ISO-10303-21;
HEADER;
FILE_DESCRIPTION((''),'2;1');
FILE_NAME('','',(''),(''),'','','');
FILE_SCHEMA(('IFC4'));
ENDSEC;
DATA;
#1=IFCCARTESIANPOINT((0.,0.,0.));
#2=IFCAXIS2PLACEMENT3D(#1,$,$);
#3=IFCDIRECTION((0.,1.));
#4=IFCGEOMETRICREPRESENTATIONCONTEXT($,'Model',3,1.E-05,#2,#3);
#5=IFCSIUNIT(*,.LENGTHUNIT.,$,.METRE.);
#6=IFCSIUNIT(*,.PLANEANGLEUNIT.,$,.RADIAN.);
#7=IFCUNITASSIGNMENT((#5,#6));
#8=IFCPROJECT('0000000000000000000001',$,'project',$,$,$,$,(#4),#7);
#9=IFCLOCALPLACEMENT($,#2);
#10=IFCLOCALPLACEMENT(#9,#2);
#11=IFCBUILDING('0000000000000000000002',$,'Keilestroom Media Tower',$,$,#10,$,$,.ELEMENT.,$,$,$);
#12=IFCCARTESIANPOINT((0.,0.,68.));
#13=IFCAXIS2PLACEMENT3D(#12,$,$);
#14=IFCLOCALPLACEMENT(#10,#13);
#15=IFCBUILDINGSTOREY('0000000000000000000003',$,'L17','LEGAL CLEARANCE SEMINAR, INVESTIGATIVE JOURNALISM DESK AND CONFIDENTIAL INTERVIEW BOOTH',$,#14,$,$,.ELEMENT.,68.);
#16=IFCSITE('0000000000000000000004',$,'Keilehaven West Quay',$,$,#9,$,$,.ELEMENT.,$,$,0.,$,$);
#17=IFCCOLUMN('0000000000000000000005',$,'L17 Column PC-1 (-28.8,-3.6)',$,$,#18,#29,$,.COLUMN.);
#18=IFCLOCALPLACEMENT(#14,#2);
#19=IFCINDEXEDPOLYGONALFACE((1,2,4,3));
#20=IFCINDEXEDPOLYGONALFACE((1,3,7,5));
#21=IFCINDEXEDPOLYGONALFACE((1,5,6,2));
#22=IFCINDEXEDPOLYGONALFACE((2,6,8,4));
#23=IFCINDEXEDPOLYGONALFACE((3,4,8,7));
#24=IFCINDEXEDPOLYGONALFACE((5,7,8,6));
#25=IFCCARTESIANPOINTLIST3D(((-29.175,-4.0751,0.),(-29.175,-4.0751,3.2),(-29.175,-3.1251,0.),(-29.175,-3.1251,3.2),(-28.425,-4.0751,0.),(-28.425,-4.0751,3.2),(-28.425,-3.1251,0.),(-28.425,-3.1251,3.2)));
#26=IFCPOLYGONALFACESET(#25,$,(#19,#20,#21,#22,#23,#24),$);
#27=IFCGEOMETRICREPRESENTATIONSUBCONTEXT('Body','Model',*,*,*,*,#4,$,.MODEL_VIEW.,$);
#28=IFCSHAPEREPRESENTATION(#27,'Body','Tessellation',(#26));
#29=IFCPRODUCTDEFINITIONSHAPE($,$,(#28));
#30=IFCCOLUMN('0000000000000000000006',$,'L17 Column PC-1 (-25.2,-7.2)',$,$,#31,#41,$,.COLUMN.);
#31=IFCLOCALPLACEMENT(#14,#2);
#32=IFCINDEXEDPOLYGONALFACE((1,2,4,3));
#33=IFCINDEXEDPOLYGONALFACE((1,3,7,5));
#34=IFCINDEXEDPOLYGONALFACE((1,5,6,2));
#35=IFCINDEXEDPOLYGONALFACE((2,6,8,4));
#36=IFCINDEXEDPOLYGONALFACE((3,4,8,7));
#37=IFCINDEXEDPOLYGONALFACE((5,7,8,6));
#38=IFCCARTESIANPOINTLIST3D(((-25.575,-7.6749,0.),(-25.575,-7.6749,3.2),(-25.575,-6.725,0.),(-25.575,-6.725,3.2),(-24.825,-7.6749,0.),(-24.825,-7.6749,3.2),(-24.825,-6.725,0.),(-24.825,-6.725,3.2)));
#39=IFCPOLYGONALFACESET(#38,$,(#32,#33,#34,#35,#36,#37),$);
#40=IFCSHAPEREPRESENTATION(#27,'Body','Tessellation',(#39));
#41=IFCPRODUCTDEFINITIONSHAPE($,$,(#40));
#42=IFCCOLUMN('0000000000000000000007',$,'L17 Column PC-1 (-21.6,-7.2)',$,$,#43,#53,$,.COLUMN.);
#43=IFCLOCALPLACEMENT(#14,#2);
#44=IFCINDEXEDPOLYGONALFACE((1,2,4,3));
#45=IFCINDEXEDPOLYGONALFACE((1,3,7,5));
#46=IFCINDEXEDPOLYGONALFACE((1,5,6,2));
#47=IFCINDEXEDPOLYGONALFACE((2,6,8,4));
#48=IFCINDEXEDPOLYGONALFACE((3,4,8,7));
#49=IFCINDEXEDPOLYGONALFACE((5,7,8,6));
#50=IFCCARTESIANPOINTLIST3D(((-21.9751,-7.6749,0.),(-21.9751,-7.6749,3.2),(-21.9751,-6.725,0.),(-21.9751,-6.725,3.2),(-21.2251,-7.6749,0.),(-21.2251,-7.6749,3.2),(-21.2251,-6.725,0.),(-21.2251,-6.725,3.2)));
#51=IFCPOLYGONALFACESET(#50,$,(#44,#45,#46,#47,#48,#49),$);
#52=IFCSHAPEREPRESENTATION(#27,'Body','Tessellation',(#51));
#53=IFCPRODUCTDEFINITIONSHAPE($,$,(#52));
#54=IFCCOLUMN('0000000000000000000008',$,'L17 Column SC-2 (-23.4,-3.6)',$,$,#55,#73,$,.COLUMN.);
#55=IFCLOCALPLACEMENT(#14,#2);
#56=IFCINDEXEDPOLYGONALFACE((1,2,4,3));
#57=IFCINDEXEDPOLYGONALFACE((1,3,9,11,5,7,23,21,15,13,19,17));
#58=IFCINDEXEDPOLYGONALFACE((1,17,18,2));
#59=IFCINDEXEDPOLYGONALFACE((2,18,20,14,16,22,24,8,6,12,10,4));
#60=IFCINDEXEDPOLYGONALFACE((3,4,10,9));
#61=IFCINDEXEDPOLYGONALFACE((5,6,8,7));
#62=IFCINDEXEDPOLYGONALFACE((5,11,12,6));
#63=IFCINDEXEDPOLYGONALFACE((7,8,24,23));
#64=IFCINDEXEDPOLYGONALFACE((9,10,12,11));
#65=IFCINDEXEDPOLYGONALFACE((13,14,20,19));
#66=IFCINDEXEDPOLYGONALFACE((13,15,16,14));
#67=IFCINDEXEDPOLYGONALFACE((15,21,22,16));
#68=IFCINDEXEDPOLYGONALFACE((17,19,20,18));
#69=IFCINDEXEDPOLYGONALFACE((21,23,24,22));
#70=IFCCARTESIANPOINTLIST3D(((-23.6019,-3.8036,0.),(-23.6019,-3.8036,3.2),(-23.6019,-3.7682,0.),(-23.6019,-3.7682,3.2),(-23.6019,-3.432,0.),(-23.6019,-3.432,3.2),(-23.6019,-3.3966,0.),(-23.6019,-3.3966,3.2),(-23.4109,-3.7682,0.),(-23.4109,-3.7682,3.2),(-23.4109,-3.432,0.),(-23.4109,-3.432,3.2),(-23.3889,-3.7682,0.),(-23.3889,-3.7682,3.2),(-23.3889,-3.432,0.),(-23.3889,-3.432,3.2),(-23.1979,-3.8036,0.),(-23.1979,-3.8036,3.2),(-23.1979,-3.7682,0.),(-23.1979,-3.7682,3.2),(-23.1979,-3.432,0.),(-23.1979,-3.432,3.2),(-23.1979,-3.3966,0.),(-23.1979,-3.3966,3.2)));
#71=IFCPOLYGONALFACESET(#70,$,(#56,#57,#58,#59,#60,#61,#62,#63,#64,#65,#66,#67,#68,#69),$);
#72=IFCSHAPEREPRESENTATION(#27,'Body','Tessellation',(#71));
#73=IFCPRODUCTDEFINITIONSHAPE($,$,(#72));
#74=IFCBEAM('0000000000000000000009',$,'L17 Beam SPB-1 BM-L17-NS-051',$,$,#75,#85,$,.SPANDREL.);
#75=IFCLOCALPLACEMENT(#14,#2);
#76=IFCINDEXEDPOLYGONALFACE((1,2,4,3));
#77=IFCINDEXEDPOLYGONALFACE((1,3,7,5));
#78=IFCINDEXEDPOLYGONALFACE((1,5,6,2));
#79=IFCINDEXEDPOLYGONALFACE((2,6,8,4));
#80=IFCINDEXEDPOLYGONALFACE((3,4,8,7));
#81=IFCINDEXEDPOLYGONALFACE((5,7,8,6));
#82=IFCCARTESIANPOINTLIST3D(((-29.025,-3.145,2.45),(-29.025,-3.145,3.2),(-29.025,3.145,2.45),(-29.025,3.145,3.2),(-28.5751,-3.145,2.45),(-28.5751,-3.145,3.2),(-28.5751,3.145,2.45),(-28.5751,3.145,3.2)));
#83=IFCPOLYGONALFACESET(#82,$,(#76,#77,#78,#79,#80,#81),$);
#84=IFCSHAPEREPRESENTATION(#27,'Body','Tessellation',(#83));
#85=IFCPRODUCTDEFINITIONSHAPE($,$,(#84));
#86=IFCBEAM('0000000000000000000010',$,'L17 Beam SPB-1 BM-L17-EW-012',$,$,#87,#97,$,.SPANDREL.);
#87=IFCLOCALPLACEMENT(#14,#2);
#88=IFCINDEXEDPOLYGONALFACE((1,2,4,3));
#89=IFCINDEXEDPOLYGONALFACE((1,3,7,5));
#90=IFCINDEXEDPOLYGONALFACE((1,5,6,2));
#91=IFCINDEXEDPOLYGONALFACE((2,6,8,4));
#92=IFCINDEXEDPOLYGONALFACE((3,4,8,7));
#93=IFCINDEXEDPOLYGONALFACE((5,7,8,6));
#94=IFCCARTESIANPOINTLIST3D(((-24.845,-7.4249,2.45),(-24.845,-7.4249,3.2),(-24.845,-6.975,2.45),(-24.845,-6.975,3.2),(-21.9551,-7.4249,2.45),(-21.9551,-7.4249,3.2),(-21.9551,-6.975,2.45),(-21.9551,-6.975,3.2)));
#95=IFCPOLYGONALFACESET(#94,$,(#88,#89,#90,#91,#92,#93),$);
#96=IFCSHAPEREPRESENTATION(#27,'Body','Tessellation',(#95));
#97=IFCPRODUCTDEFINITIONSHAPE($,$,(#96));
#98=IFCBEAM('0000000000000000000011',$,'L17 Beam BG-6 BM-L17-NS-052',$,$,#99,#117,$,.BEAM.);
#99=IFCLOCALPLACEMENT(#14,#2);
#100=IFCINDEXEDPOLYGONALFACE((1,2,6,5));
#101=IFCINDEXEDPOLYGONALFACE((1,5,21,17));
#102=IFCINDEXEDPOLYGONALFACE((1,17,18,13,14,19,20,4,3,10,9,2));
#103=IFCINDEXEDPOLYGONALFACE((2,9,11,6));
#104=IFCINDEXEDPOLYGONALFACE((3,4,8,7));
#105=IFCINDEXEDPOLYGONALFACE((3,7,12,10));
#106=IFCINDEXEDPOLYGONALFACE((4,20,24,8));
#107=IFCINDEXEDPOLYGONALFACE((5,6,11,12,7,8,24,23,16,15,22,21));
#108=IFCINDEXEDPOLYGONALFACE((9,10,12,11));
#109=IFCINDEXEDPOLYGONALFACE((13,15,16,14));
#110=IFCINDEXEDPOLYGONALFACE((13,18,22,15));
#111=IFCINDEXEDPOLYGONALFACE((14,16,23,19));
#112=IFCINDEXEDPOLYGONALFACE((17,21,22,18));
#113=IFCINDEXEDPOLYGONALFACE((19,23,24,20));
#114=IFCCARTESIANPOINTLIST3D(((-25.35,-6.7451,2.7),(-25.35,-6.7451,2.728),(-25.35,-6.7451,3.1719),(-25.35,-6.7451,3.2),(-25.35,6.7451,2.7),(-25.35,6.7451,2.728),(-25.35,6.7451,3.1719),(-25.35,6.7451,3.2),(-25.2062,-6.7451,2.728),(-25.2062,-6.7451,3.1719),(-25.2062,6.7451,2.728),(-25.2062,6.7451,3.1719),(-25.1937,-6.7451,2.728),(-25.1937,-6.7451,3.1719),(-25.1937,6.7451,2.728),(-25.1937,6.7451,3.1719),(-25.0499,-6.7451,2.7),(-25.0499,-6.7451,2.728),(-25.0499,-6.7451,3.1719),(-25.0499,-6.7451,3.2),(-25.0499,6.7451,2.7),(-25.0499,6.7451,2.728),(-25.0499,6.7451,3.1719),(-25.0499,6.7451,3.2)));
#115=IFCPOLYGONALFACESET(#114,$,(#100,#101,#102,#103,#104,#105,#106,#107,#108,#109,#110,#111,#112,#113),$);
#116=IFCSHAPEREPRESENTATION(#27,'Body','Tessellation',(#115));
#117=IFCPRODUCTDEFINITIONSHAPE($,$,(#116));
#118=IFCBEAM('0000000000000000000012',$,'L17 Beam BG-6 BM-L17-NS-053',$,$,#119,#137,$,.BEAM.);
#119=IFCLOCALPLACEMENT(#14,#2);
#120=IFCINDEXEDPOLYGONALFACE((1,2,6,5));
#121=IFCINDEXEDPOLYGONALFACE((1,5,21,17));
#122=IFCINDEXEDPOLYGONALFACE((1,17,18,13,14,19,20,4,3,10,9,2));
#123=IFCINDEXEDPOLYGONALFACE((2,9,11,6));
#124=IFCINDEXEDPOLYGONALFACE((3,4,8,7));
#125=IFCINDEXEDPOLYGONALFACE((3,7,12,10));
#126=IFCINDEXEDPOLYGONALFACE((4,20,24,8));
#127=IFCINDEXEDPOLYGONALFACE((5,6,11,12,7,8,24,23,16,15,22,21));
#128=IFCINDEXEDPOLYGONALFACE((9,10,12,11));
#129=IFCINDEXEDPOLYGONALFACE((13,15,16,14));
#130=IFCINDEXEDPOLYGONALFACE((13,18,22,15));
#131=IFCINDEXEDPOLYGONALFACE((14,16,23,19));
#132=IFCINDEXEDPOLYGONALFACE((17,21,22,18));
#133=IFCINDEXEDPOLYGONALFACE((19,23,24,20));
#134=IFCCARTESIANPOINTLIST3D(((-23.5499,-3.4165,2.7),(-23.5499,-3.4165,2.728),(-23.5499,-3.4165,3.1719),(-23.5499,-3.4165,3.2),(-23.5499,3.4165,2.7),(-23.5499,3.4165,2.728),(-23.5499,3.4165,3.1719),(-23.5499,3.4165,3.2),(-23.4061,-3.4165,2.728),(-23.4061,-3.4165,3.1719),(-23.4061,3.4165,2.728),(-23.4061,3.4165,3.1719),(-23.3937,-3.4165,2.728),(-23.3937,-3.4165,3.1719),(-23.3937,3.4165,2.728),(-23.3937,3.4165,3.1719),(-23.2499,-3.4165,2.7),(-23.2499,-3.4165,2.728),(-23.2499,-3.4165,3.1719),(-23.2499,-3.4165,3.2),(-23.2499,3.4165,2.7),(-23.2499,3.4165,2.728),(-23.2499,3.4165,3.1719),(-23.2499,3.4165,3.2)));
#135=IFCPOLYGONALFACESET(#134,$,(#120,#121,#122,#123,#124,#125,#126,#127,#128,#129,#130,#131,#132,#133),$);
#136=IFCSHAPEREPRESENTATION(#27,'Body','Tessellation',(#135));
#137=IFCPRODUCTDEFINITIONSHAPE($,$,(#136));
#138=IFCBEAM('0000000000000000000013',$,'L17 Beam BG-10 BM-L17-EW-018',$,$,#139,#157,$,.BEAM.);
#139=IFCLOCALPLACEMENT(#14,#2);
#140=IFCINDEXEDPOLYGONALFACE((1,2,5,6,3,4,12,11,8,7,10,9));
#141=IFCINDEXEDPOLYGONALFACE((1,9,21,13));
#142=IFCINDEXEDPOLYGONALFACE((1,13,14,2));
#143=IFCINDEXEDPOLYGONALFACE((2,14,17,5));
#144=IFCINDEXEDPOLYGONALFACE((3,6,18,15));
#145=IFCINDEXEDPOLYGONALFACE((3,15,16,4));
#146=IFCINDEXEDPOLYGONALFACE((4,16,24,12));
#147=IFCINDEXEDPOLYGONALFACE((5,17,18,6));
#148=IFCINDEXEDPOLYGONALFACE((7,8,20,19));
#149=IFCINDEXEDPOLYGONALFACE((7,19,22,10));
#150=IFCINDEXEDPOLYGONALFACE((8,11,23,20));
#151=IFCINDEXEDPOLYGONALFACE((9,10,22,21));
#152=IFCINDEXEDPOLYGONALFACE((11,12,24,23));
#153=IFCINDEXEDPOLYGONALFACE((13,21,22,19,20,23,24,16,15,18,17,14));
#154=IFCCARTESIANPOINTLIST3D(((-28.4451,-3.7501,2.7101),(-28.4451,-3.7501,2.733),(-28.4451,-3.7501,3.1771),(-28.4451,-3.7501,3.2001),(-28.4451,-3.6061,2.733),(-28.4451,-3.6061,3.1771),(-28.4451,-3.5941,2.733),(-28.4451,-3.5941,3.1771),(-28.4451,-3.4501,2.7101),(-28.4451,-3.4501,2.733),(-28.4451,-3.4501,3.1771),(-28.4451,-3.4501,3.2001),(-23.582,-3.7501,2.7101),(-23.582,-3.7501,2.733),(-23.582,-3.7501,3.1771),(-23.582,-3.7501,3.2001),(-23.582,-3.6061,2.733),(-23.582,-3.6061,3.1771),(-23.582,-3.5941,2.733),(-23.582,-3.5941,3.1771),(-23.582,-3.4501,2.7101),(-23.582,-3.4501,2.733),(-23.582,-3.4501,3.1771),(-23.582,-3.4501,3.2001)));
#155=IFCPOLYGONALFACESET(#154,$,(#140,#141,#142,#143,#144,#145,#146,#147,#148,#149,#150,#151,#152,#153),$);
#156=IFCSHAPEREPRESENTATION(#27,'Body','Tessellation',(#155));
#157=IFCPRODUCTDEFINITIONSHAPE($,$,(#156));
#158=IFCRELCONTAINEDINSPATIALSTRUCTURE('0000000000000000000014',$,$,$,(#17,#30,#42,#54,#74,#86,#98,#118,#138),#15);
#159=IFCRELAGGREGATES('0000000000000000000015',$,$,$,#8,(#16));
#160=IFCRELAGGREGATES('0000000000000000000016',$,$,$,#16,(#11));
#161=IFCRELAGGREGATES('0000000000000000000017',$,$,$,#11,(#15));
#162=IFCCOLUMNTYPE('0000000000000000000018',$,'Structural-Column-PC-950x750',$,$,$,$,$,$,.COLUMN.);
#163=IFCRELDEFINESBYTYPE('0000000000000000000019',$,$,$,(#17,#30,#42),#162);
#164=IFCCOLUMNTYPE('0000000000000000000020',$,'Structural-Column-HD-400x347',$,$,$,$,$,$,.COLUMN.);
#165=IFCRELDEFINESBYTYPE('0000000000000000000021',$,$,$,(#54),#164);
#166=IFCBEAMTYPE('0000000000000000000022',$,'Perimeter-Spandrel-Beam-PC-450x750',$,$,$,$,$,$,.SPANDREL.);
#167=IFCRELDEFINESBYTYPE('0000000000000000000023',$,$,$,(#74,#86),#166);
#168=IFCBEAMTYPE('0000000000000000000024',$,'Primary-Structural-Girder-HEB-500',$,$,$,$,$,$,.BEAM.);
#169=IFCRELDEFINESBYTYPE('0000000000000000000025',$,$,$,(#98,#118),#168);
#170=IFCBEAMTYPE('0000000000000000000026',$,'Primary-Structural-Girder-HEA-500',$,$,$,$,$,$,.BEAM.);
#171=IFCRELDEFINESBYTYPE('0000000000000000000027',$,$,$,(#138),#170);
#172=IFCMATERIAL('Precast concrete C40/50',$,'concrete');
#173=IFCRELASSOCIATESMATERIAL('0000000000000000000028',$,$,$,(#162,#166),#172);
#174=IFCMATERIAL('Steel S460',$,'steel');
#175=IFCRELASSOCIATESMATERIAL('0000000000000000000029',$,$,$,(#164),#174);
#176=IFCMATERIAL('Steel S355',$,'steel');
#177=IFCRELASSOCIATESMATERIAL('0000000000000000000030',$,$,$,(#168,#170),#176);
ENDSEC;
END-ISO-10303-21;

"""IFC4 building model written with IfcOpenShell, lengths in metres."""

from ifc_helpers import new_model, si_unit, direction, frame, origin, origin_2d, place, context, subcontext, project, spatial, rectangle, i_section, extrude, source, transform, mapped, material, material_profile, profile_set, type_object, element, save


model = new_model("IFC4")

# Units and contexts
model_context = context("Model", 3, precision=1e-05, world=origin(), true_north=direction((0.0, 1.0)))
body_context = subcontext(model_context, "Body", "Model", "MODEL_VIEW")
ifc_project = project(units=[si_unit("LENGTHUNIT", "METRE"), si_unit("PLANEANGLEUNIT", "RADIAN")], contexts=[model_context])

# Site, building, storey
site_placement = place(None, origin())
site = spatial("IfcSite", under=ifc_project, at=site_placement, Name="Keilehaven West Quay", CompositionType="ELEMENT", RefElevation=0.0)
building_placement = place(site_placement, origin())
building = spatial("IfcBuilding", under=site, at=building_placement, Name="Keilestroom Media Tower", CompositionType="ELEMENT")
storey_placement = place(building_placement, frame((0.0, 0.0, 68.0)))
storey = spatial("IfcBuildingStorey", under=building, at=storey_placement, Name="L17", Description="LEGAL CLEARANCE SEMINAR, INVESTIGATIVE JOURNALISM DESK AND CONFIDENTIAL INTERVIEW BOOTH", CompositionType="ELEMENT", Elevation=68.0)

# Columns
ifc_material_1 = material(Name="Precast concrete C40/50", Category="concrete")
ifc_material_profile_1 = material_profile(ifc_material_1, rectangle(XDim=0.75, YDim=0.95, at=origin_2d()), Name="PC 950x750")
ifc_profile_set_1 = profile_set([ifc_material_profile_1], Name="Precast concrete C40/50")
column_type_1 = type_object("IfcColumnType", Name="Structural-Column-PC-950x750", PredefinedType="COLUMN", material=ifc_profile_set_1)
shared_shape_1 = source(origin(), body_context, "Body", "SweptSolid", [
    extrude(rectangle(XDim=0.75, YDim=0.95, at=origin_2d()), origin(), (0.0, 0.0, 1.0), 3.2),
])
for number, where, z_axis, x_axis, name in (
    (1, (-28.8, -3.6001, 0.0), (0.0, 0.0, 1.0), (1.0, 0.0, 0.0), "L17 Column PC-1 (-28.8,-3.6)"),
    (2, (-25.2, -7.2, 0.0), (0.0, 0.0, 1.0), (1.0, 0.0, 0.0), "L17 Column PC-1 (-25.2,-7.2)"),
    (3, (-21.6001, -7.2, 0.0), (0.0, 0.0, 1.0), (1.0, 0.0, 0.0), "L17 Column PC-1 (-21.6,-7.2)"),
):
    element("IfcColumn", number, at=place(storey_placement, frame(where, z_axis=z_axis, x_axis=x_axis)), inside=storey, type_object=column_type_1, Name=name, PredefinedType="COLUMN", context=body_context, shape_type="MappedRepresentation", body=[
        mapped(shared_shape_1, transform((0.0, 0.0, 0.0), x_axis=(1.0, 0.0, 0.0), y_axis=(0.0, 1.0, 0.0), z_axis=(0.0, 0.0, 1.0), scale=1.0)),
    ])
ifc_material_2 = material(Name="Steel S460", Category="steel")
ifc_material_profile_2 = material_profile(ifc_material_2, i_section(OverallWidth=0.4041, OverallDepth=0.407, WebThickness=0.022, FlangeThickness=0.0354, at=origin_2d()), Name="HD 400x347")
ifc_profile_set_2 = profile_set([ifc_material_profile_2], Name="Steel S460")
column_type_2 = type_object("IfcColumnType", Name="Structural-Column-HD-400x347", PredefinedType="COLUMN", material=ifc_profile_set_2)
shared_shape_2 = source(origin(), body_context, "Body", "SweptSolid", [
    extrude(i_section(OverallWidth=0.4041, OverallDepth=0.407, WebThickness=0.022, FlangeThickness=0.0354, at=origin_2d()), origin(), (0.0, 0.0, 1.0), 3.2),
])
column_placement = place(storey_placement, frame((-23.3999, -3.6001, 0.0), z_axis=(0.0, 0.0, 1.0), x_axis=(1.0, 0.0, 0.0)))
element("IfcColumn", 4, at=column_placement, inside=storey, type_object=column_type_2, Name="L17 Column SC-2 (-23.4,-3.6)", PredefinedType="COLUMN", context=body_context, shape_type="MappedRepresentation", body=[
    mapped(shared_shape_2, transform((0.0, 0.0, 0.0), x_axis=(1.0, 0.0, 0.0), y_axis=(0.0, 1.0, 0.0), z_axis=(0.0, 0.0, 1.0), scale=1.0)),
])

# Beams
ifc_material_profile_3 = material_profile(ifc_material_1, rectangle(XDim=0.45, YDim=0.75, at=origin_2d()), Name="PC 450x750")
ifc_profile_set_3 = profile_set([ifc_material_profile_3], Name="Precast concrete C40/50")
beam_type_1 = type_object("IfcBeamType", Name="Perimeter-Spandrel-Beam-PC-450x750", PredefinedType="SPANDREL", material=ifc_profile_set_3)
shared_shape_3 = source(origin(), body_context, "Body", "SweptSolid", [
    extrude(rectangle(XDim=0.45, YDim=0.75, at=origin_2d()), origin(), (0.0, 0.0, 1.0), 6.29),
])
beam_1_placement = place(storey_placement, frame((-28.8, -3.145, 2.825), z_axis=(0.0, 1.0, 0.0), x_axis=(-1.0, 0.0, 0.0)))
element("IfcBeam", 5, at=beam_1_placement, inside=storey, type_object=beam_type_1, Name="L17 Beam SPB-1 BM-L17-NS-051", PredefinedType="SPANDREL", context=body_context, shape_type="MappedRepresentation", body=[
    mapped(shared_shape_3, transform((0.0, 0.0, 0.0), x_axis=(1.0, 0.0, 0.0), y_axis=(0.0, 1.0, 0.0), z_axis=(0.0, 0.0, 1.0), scale=1.0)),
])
shared_shape_4 = source(origin(), body_context, "Body", "SweptSolid", [
    extrude(rectangle(XDim=0.45, YDim=0.75, at=origin_2d()), origin(), (0.0, 0.0, 1.0), 2.8899),
])
beam_2_placement = place(storey_placement, frame((-24.845, -7.2, 2.825), z_axis=(1.0, 0.0, 0.0), x_axis=(0.0, 1.0, 0.0)))
element("IfcBeam", 6, at=beam_2_placement, inside=storey, type_object=beam_type_1, Name="L17 Beam SPB-1 BM-L17-EW-012", PredefinedType="SPANDREL", context=body_context, shape_type="MappedRepresentation", body=[
    mapped(shared_shape_4, transform((0.0, 0.0, 0.0), x_axis=(1.0, 0.0, 0.0), y_axis=(0.0, 1.0, 0.0), z_axis=(0.0, 0.0, 1.0), scale=1.0)),
])
ifc_material_3 = material(Name="Steel S355", Category="steel")
ifc_material_profile_4 = material_profile(ifc_material_3, i_section(OverallWidth=0.3, OverallDepth=0.5, WebThickness=0.0125, FlangeThickness=0.0281, at=origin_2d()), Name="HEB 500")
ifc_profile_set_4 = profile_set([ifc_material_profile_4], Name="Steel S355")
beam_type_2 = type_object("IfcBeamType", Name="Primary-Structural-Girder-HEB-500", PredefinedType="BEAM", material=ifc_profile_set_4)
shared_shape_5 = source(origin(), body_context, "Body", "SweptSolid", [
    extrude(i_section(OverallWidth=0.3, OverallDepth=0.5, WebThickness=0.0125, FlangeThickness=0.0281, at=origin_2d()), origin(), (0.0, 0.0, 1.0), 13.4902),
])
beam_3_placement = place(storey_placement, frame((-25.2, -6.7451, 2.95), z_axis=(0.0, 1.0, 0.0), x_axis=(-1.0, 0.0, 0.0)))
element("IfcBeam", 7, at=beam_3_placement, inside=storey, type_object=beam_type_2, Name="L17 Beam BG-6 BM-L17-NS-052", PredefinedType="BEAM", context=body_context, shape_type="MappedRepresentation", body=[
    mapped(shared_shape_5, transform((0.0, 0.0, 0.0), x_axis=(1.0, 0.0, 0.0), y_axis=(0.0, 1.0, 0.0), z_axis=(0.0, 0.0, 1.0), scale=1.0)),
])
shared_shape_6 = source(origin(), body_context, "Body", "SweptSolid", [
    extrude(i_section(OverallWidth=0.3, OverallDepth=0.5, WebThickness=0.0125, FlangeThickness=0.0281, at=origin_2d()), origin(), (0.0, 0.0, 1.0), 6.833),
])
beam_4_placement = place(storey_placement, frame((-23.3999, -3.4165, 2.95), z_axis=(0.0, 1.0, 0.0), x_axis=(-1.0, 0.0, 0.0)))
element("IfcBeam", 8, at=beam_4_placement, inside=storey, type_object=beam_type_2, Name="L17 Beam BG-6 BM-L17-NS-053", PredefinedType="BEAM", context=body_context, shape_type="MappedRepresentation", body=[
    mapped(shared_shape_6, transform((0.0, 0.0, 0.0), x_axis=(1.0, 0.0, 0.0), y_axis=(0.0, 1.0, 0.0), z_axis=(0.0, 0.0, 1.0), scale=1.0)),
])
ifc_material_profile_5 = material_profile(ifc_material_3, i_section(OverallWidth=0.3, OverallDepth=0.49, WebThickness=0.012, FlangeThickness=0.0229, at=origin_2d()), Name="HEA 500")
ifc_profile_set_5 = profile_set([ifc_material_profile_5], Name="Steel S355")
beam_type_3 = type_object("IfcBeamType", Name="Primary-Structural-Girder-HEA-500", PredefinedType="BEAM", material=ifc_profile_set_5)
shared_shape_7 = source(origin(), body_context, "Body", "SweptSolid", [
    extrude(i_section(OverallWidth=0.3, OverallDepth=0.49, WebThickness=0.012, FlangeThickness=0.0229, at=origin_2d()), origin(), (0.0, 0.0, 1.0), 4.863),
])
beam_5_placement = place(storey_placement, frame((-28.4451, -3.6001, 2.9551), z_axis=(1.0, 0.0, 0.0), x_axis=(0.0, 1.0, 0.0)))
element("IfcBeam", 9, at=beam_5_placement, inside=storey, type_object=beam_type_3, Name="L17 Beam BG-10 BM-L17-EW-018", PredefinedType="BEAM", context=body_context, shape_type="MappedRepresentation", body=[
    mapped(shared_shape_7, transform((0.0, 0.0, 0.0), x_axis=(1.0, 0.0, 0.0), y_axis=(0.0, 1.0, 0.0), z_axis=(0.0, 0.0, 1.0), scale=1.0)),
])

save(model, "model.ifc")
